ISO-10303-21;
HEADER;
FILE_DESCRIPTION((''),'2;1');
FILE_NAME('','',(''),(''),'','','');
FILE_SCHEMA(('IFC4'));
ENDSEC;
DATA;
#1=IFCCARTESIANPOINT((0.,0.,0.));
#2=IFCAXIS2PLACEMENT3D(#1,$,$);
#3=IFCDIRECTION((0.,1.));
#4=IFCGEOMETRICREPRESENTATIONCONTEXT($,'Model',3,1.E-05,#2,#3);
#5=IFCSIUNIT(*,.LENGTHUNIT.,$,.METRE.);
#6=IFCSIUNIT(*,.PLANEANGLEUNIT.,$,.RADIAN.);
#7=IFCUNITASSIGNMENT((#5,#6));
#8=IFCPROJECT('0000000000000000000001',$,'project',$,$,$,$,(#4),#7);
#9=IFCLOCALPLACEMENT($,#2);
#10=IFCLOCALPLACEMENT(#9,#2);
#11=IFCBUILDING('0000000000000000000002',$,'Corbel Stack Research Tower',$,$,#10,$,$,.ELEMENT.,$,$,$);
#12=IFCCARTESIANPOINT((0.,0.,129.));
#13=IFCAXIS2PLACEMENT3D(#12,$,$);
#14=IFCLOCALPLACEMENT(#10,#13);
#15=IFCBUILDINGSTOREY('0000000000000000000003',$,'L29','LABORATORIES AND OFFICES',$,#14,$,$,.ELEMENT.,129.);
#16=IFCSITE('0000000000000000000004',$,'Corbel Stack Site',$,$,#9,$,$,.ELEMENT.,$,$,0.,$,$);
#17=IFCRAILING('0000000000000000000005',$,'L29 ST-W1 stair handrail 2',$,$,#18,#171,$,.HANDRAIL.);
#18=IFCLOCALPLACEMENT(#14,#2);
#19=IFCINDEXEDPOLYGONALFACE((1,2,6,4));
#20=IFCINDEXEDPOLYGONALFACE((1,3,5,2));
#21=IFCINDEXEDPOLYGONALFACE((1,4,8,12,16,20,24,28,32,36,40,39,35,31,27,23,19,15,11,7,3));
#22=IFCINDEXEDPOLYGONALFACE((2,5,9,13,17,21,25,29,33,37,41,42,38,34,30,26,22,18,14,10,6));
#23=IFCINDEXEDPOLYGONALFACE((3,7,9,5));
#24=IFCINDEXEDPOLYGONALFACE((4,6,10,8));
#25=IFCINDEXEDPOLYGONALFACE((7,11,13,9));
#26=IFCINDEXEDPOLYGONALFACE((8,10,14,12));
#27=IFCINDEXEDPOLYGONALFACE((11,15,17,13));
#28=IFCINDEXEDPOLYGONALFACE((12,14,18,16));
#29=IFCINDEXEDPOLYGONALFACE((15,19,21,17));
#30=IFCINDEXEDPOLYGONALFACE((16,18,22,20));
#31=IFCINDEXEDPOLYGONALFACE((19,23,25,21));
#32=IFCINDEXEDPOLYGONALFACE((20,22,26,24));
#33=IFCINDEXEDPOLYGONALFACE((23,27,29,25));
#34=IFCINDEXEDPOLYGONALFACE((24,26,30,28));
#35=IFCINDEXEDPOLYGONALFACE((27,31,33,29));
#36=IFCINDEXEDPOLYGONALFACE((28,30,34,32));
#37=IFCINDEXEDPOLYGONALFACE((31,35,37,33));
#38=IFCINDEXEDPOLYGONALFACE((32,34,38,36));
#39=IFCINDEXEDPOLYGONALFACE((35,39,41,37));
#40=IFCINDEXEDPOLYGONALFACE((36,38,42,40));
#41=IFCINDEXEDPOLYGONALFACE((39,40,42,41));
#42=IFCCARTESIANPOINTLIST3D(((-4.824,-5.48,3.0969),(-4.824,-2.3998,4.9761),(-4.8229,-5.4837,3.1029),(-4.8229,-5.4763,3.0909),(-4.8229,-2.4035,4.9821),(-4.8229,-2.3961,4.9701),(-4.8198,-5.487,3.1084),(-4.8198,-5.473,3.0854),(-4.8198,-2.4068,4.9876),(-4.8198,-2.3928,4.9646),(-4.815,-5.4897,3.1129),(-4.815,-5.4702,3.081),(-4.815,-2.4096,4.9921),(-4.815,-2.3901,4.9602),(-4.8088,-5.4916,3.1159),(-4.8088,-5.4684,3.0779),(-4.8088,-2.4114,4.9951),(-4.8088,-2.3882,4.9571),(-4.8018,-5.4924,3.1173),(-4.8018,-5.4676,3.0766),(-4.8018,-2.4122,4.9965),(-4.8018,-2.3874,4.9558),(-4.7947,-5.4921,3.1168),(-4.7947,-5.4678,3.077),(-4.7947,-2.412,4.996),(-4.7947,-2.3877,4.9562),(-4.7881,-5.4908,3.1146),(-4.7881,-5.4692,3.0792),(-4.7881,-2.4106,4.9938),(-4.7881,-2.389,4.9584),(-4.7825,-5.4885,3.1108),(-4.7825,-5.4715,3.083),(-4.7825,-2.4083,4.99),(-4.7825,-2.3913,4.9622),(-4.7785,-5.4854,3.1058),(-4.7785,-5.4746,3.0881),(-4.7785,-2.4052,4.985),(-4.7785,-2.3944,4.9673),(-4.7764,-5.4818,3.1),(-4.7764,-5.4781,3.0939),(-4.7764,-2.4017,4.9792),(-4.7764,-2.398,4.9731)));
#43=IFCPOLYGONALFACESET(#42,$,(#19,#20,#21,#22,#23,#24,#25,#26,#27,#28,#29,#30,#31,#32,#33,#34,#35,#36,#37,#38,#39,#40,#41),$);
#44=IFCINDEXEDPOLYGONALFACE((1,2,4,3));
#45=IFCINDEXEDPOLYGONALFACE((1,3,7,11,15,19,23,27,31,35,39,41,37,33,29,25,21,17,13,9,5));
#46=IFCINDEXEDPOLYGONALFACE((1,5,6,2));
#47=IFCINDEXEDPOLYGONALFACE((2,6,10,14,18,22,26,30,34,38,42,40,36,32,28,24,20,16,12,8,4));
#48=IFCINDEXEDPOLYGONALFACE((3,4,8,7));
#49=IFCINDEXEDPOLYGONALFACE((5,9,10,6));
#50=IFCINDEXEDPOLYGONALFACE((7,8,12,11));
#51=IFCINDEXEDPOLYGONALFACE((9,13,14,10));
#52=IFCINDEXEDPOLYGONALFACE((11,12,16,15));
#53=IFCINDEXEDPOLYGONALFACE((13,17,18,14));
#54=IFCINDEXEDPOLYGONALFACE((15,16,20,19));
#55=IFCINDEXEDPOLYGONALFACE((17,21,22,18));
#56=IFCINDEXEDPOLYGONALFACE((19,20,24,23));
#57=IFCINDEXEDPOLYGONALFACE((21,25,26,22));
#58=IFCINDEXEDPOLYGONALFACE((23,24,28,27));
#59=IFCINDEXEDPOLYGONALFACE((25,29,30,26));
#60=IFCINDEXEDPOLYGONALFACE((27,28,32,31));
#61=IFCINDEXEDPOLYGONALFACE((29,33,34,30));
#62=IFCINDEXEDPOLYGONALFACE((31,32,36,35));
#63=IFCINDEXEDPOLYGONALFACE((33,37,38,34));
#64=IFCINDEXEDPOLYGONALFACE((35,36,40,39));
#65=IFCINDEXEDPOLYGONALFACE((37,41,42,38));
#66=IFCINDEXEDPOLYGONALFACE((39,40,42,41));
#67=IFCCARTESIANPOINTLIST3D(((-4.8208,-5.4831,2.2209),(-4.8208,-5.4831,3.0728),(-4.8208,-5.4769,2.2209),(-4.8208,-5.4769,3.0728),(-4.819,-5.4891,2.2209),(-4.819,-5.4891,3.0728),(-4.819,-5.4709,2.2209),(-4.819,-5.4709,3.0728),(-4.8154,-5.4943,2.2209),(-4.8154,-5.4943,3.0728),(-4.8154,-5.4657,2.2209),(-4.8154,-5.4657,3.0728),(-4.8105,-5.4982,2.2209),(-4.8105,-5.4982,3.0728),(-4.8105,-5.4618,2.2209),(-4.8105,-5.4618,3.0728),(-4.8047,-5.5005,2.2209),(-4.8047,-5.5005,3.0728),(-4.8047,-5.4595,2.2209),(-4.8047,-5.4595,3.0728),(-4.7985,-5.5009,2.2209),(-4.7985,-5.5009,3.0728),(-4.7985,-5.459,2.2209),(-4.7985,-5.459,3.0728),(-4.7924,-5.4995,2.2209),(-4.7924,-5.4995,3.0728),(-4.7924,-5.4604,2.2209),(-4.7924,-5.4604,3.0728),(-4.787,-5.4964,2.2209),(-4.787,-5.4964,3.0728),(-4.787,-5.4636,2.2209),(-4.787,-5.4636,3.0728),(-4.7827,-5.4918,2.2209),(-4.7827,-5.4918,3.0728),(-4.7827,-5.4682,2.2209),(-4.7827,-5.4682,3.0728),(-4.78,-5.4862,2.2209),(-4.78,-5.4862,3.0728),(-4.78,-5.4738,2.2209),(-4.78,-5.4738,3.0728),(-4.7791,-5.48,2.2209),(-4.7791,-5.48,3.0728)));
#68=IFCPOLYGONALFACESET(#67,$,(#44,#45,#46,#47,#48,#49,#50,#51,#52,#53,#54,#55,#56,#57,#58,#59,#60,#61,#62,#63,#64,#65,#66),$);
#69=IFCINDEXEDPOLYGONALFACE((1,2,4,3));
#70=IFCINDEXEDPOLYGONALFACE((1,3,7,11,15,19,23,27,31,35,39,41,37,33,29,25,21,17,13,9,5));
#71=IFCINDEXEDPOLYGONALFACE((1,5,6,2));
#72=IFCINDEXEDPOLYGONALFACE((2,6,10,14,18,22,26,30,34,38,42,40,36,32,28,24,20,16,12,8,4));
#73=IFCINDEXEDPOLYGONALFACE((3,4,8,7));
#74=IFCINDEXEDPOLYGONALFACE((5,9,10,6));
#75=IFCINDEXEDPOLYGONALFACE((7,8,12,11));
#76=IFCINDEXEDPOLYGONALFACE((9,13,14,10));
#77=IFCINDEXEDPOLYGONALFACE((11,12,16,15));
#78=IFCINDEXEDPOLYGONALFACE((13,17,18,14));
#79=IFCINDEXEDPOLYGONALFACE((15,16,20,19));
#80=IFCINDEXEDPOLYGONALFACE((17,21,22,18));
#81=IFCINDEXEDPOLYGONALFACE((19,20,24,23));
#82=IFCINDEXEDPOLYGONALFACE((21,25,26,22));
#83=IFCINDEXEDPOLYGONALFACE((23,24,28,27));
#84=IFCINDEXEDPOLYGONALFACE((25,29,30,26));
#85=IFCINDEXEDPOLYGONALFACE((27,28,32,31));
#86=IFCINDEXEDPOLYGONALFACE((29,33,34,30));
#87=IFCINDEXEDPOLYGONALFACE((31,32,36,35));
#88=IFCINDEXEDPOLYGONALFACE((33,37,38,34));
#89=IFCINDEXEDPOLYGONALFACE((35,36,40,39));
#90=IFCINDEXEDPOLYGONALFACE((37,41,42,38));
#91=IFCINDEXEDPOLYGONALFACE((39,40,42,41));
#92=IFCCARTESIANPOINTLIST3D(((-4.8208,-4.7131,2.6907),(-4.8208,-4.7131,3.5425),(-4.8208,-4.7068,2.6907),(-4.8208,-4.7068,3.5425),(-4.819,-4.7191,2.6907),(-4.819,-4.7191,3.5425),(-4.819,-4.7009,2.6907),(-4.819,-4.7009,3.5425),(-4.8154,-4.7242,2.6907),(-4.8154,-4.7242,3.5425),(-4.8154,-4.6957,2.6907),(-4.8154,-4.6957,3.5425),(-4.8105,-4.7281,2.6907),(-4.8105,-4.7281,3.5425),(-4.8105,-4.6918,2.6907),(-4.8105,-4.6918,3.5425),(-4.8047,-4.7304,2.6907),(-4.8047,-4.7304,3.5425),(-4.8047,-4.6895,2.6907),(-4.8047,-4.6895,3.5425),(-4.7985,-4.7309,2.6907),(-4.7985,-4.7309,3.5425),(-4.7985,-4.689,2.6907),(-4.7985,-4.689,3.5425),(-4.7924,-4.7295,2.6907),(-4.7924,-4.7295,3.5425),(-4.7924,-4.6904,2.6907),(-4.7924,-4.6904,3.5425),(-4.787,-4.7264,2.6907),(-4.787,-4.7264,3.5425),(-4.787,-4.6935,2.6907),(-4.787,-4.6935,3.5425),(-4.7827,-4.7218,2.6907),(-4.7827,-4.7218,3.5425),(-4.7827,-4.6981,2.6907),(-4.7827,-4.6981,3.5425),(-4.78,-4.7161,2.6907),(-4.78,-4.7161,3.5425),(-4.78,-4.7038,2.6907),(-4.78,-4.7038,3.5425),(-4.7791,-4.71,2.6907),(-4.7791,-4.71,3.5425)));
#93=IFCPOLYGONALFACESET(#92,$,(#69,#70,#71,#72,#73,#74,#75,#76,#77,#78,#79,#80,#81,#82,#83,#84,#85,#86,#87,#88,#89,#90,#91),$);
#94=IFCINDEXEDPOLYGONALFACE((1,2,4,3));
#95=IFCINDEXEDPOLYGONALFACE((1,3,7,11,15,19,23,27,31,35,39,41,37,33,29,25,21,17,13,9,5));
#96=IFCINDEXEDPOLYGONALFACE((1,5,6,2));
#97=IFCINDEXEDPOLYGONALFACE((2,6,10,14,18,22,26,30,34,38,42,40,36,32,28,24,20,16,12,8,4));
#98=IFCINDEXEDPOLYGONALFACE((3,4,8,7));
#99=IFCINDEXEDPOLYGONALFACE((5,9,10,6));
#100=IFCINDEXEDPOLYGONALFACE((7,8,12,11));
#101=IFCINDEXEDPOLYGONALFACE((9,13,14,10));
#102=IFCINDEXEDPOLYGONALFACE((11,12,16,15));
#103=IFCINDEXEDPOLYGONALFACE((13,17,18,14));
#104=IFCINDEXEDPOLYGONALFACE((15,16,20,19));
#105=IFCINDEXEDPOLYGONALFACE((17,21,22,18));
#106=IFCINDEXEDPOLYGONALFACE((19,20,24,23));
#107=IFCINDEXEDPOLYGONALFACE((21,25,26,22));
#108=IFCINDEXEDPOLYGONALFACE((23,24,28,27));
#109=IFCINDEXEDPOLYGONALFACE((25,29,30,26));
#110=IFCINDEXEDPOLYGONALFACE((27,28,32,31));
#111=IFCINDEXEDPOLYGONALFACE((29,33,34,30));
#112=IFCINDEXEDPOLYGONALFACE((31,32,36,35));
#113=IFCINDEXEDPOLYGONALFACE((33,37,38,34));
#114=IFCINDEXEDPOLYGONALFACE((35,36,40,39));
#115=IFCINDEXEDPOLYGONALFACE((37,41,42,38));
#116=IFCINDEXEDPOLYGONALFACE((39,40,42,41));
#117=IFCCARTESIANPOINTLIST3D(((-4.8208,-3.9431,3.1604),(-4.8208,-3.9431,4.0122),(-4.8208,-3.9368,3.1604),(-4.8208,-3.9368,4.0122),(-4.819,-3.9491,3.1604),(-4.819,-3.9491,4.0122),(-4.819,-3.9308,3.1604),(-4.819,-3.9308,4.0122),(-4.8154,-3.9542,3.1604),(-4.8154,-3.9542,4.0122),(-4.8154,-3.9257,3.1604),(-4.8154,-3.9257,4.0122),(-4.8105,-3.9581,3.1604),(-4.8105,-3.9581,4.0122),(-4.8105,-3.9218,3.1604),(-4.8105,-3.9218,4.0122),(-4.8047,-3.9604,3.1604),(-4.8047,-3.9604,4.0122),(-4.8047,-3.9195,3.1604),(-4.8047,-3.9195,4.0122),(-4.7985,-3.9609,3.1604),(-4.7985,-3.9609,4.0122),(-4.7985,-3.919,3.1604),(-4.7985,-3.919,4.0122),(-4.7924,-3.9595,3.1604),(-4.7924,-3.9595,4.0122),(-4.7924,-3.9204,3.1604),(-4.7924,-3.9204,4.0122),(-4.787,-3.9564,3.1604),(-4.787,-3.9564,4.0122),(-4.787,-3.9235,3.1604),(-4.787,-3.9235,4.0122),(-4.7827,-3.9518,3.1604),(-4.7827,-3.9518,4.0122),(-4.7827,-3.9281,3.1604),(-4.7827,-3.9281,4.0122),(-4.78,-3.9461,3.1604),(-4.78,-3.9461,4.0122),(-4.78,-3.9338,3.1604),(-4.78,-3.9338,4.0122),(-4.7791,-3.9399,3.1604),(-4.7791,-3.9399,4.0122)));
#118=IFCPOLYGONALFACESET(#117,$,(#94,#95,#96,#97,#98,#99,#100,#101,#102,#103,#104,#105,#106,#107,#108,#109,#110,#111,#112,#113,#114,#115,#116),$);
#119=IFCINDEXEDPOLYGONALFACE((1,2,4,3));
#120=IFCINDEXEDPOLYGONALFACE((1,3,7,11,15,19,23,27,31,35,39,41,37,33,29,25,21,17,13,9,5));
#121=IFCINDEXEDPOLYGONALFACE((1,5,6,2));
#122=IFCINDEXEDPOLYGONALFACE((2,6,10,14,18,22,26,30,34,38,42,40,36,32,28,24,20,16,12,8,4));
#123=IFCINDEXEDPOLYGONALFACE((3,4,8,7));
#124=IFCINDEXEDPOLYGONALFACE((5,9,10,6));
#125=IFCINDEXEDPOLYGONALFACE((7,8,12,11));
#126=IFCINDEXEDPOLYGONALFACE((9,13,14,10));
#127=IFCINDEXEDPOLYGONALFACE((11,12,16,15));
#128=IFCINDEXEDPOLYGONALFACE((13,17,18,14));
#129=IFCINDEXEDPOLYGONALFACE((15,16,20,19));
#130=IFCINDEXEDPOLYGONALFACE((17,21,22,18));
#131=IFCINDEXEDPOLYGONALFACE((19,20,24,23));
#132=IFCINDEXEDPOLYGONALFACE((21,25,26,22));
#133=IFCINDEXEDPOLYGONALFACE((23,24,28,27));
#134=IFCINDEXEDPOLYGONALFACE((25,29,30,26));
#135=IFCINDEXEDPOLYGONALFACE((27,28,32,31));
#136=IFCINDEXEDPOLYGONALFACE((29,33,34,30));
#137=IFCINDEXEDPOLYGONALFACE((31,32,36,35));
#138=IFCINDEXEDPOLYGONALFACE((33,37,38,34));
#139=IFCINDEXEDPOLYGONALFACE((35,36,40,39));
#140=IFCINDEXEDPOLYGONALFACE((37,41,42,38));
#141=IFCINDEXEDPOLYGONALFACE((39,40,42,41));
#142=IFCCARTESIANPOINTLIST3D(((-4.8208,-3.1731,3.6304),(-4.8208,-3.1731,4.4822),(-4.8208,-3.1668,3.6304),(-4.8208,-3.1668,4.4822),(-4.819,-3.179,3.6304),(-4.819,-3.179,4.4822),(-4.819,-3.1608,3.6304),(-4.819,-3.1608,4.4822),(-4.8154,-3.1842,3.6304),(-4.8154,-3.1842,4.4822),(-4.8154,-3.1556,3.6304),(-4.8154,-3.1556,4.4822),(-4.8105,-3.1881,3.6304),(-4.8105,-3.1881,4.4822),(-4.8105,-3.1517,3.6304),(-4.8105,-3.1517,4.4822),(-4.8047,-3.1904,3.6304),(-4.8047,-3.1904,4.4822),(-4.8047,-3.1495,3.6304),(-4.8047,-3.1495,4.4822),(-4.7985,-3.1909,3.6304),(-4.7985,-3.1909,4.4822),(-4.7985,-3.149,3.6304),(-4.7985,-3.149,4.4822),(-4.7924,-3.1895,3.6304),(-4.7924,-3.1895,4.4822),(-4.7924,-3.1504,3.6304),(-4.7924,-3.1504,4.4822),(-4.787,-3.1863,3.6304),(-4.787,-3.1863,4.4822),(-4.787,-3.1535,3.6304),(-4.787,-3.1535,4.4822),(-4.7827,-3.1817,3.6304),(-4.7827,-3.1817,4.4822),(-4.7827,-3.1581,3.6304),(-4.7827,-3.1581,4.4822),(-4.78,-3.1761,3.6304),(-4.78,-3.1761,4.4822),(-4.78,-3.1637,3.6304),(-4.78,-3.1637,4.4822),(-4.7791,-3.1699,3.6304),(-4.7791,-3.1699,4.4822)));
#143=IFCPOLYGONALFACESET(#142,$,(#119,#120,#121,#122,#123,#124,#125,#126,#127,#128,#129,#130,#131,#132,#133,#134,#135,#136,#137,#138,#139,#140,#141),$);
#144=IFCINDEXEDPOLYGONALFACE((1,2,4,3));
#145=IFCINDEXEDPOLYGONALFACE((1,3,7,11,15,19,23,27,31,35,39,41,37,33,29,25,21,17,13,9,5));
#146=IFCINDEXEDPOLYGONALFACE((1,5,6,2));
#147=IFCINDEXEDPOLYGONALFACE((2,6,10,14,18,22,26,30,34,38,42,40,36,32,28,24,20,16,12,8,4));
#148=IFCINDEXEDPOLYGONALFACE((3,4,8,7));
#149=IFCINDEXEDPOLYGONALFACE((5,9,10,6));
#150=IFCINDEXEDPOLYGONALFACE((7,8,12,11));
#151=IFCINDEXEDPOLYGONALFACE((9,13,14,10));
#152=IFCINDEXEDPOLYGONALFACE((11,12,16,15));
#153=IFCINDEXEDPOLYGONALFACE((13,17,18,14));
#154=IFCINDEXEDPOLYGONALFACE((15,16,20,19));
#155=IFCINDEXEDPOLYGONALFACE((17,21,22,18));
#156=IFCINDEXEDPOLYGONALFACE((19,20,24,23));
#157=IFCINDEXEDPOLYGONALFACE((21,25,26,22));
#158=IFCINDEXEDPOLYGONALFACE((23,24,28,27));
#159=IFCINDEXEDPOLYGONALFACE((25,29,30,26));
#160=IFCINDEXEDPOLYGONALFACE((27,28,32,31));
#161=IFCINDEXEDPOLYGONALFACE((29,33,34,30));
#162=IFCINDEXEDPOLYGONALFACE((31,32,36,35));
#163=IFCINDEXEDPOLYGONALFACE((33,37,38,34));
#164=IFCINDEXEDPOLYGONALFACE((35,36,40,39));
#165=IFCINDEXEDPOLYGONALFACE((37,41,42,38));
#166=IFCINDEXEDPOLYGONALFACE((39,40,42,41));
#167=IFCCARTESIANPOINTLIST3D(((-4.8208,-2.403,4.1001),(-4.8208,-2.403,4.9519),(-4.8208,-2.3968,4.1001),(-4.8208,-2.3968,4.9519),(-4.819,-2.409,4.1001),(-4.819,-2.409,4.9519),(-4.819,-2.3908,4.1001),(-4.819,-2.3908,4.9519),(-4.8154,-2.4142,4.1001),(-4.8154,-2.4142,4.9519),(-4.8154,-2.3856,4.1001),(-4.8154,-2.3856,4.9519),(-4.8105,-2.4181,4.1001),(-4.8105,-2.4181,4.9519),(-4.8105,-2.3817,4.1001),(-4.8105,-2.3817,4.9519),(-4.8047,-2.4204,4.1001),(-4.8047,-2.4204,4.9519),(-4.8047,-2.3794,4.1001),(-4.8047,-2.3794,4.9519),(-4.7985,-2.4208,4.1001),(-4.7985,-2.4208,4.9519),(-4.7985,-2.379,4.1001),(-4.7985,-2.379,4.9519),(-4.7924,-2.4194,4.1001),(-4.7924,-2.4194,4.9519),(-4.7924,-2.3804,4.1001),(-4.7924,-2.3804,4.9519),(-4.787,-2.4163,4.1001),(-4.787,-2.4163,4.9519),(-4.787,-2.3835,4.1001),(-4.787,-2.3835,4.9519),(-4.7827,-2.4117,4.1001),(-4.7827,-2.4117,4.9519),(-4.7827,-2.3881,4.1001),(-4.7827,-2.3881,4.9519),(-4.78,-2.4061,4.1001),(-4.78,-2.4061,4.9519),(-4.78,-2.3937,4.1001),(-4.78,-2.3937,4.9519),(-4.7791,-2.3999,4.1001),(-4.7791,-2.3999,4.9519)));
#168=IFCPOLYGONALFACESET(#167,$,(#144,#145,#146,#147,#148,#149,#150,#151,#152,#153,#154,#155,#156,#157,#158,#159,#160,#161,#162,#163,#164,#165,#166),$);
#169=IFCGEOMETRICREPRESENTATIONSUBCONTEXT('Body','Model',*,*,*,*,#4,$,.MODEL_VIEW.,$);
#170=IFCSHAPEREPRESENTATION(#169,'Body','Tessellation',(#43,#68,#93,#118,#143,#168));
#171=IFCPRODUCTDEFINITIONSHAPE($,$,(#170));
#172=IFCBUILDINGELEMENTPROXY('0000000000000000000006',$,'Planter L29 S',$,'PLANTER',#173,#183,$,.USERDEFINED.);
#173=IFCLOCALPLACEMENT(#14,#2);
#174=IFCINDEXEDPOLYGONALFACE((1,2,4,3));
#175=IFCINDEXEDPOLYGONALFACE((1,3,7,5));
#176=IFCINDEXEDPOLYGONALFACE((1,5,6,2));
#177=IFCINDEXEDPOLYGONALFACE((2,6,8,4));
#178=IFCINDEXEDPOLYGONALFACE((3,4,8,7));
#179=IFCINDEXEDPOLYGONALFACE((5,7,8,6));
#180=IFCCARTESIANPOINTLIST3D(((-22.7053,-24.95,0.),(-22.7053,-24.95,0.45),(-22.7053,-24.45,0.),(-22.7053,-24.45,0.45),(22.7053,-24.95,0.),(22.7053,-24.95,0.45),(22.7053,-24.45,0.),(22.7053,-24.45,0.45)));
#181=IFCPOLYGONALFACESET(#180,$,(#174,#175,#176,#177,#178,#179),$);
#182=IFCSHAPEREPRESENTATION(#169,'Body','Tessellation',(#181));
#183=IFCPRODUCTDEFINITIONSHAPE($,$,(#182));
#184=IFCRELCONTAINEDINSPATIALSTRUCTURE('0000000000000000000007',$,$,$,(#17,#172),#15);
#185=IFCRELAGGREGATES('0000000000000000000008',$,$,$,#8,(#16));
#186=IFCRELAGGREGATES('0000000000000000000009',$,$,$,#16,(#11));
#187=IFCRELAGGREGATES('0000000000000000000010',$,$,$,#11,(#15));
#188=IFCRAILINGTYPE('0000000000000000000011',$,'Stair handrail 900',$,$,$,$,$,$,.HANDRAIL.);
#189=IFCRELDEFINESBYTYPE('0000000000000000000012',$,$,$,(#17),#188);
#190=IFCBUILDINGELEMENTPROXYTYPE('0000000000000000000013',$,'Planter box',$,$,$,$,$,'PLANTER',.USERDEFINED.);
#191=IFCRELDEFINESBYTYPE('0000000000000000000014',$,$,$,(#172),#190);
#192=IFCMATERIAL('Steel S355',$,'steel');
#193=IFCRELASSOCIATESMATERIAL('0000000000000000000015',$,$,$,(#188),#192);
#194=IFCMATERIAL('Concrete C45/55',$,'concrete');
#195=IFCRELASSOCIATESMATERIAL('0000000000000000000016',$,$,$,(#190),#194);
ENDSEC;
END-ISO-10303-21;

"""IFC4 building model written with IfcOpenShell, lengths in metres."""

from ifc_helpers import new_model, si_unit, direction, frame, origin, origin_2d, place, context, subcontext, project, spatial, rectangle, circle, extrude, material, type_object, element, save


model = new_model("IFC4")

# Units and contexts
model_context = context("Model", 3, precision=1e-05, world=origin(), true_north=direction((0.0, 1.0)))
body_context = subcontext(model_context, "Body", "Model", "MODEL_VIEW")
ifc_project = project(units=[si_unit("LENGTHUNIT", "METRE"), si_unit("PLANEANGLEUNIT", "RADIAN")], contexts=[model_context])

# Site, building, storey
site_placement = place(None, origin())
site = spatial("IfcSite", under=ifc_project, at=site_placement, Name="Corbel Stack Site", CompositionType="ELEMENT", RefElevation=0.0)
building_placement = place(site_placement, origin())
building = spatial("IfcBuilding", under=site, at=building_placement, Name="Corbel Stack Research Tower", CompositionType="ELEMENT")
storey_placement = place(building_placement, frame((0.0, 0.0, 129.0)))
storey = spatial("IfcBuildingStorey", under=building, at=storey_placement, Name="L29", Description="LABORATORIES AND OFFICES", CompositionType="ELEMENT", Elevation=129.0)

# Railing
ifc_material_1 = material(Name="Steel S355", Category="steel")
railing_type_1 = type_object("IfcRailingType", Name="Stair handrail 900", PredefinedType="HANDRAIL", material=ifc_material_1)
railing_1_placement = place(storey_placement, frame((-4.8, -5.48, 2.2209)))
element("IfcRailing", 1, at=railing_1_placement, inside=storey, type_object=railing_type_1, Name="L29 ST-W1 stair handrail 2", PredefinedType="HANDRAIL", context=body_context, shape_type="SweptSolid", body=[
    extrude(circle(Radius=0.0239, at=origin_2d()), frame((0.0, 0.0, 0.876), z_axis=(0.0, 0.853666, 0.52082), x_axis=(-1.0, 0.0, 0.0)), (0.0, 0.0, 1.0), 3.6082),
    extrude(circle(Radius=0.021, at=origin_2d()), origin(), (0.0, 0.0, 1.0), 0.8518),
    extrude(circle(Radius=0.021, at=origin_2d()), frame((0.0, 0.77, 0.4697)), (0.0, 0.0, 1.0), 0.8518),
    extrude(circle(Radius=0.021, at=origin_2d()), frame((0.0, 1.54, 0.9395)), (0.0, 0.0, 1.0), 0.8518),
    extrude(circle(Radius=0.021, at=origin_2d()), frame((0.0, 2.3101, 1.4094)), (0.0, 0.0, 1.0), 0.8518),
    extrude(circle(Radius=0.021, at=origin_2d()), frame((0.0, 3.0801, 1.8792)), (0.0, 0.0, 1.0), 0.8518),
])

# Building element proxy
ifc_material_2 = material(Name="Concrete C45/55", Category="concrete")
building_element_proxy_type = type_object("IfcBuildingElementProxyType", Name="Planter box", ElementType="PLANTER", PredefinedType="USERDEFINED", material=ifc_material_2)
proxy_placement = place(storey_placement, frame((0.0, -24.7, 0.0), z_axis=(0.0, 0.0, 1.0), x_axis=(1.0, 0.0, 0.0)))
element("IfcBuildingElementProxy", 2, at=proxy_placement, inside=storey, type_object=building_element_proxy_type, Name="Planter L29 S", ObjectType="PLANTER", PredefinedType="USERDEFINED", context=body_context, shape_type="SweptSolid", body=[
    extrude(rectangle(XDim=45.4106, YDim=0.5, at=origin_2d()), origin(), (0.0, 0.0, 1.0), 0.45),
])

save(model, "model.ifc")
